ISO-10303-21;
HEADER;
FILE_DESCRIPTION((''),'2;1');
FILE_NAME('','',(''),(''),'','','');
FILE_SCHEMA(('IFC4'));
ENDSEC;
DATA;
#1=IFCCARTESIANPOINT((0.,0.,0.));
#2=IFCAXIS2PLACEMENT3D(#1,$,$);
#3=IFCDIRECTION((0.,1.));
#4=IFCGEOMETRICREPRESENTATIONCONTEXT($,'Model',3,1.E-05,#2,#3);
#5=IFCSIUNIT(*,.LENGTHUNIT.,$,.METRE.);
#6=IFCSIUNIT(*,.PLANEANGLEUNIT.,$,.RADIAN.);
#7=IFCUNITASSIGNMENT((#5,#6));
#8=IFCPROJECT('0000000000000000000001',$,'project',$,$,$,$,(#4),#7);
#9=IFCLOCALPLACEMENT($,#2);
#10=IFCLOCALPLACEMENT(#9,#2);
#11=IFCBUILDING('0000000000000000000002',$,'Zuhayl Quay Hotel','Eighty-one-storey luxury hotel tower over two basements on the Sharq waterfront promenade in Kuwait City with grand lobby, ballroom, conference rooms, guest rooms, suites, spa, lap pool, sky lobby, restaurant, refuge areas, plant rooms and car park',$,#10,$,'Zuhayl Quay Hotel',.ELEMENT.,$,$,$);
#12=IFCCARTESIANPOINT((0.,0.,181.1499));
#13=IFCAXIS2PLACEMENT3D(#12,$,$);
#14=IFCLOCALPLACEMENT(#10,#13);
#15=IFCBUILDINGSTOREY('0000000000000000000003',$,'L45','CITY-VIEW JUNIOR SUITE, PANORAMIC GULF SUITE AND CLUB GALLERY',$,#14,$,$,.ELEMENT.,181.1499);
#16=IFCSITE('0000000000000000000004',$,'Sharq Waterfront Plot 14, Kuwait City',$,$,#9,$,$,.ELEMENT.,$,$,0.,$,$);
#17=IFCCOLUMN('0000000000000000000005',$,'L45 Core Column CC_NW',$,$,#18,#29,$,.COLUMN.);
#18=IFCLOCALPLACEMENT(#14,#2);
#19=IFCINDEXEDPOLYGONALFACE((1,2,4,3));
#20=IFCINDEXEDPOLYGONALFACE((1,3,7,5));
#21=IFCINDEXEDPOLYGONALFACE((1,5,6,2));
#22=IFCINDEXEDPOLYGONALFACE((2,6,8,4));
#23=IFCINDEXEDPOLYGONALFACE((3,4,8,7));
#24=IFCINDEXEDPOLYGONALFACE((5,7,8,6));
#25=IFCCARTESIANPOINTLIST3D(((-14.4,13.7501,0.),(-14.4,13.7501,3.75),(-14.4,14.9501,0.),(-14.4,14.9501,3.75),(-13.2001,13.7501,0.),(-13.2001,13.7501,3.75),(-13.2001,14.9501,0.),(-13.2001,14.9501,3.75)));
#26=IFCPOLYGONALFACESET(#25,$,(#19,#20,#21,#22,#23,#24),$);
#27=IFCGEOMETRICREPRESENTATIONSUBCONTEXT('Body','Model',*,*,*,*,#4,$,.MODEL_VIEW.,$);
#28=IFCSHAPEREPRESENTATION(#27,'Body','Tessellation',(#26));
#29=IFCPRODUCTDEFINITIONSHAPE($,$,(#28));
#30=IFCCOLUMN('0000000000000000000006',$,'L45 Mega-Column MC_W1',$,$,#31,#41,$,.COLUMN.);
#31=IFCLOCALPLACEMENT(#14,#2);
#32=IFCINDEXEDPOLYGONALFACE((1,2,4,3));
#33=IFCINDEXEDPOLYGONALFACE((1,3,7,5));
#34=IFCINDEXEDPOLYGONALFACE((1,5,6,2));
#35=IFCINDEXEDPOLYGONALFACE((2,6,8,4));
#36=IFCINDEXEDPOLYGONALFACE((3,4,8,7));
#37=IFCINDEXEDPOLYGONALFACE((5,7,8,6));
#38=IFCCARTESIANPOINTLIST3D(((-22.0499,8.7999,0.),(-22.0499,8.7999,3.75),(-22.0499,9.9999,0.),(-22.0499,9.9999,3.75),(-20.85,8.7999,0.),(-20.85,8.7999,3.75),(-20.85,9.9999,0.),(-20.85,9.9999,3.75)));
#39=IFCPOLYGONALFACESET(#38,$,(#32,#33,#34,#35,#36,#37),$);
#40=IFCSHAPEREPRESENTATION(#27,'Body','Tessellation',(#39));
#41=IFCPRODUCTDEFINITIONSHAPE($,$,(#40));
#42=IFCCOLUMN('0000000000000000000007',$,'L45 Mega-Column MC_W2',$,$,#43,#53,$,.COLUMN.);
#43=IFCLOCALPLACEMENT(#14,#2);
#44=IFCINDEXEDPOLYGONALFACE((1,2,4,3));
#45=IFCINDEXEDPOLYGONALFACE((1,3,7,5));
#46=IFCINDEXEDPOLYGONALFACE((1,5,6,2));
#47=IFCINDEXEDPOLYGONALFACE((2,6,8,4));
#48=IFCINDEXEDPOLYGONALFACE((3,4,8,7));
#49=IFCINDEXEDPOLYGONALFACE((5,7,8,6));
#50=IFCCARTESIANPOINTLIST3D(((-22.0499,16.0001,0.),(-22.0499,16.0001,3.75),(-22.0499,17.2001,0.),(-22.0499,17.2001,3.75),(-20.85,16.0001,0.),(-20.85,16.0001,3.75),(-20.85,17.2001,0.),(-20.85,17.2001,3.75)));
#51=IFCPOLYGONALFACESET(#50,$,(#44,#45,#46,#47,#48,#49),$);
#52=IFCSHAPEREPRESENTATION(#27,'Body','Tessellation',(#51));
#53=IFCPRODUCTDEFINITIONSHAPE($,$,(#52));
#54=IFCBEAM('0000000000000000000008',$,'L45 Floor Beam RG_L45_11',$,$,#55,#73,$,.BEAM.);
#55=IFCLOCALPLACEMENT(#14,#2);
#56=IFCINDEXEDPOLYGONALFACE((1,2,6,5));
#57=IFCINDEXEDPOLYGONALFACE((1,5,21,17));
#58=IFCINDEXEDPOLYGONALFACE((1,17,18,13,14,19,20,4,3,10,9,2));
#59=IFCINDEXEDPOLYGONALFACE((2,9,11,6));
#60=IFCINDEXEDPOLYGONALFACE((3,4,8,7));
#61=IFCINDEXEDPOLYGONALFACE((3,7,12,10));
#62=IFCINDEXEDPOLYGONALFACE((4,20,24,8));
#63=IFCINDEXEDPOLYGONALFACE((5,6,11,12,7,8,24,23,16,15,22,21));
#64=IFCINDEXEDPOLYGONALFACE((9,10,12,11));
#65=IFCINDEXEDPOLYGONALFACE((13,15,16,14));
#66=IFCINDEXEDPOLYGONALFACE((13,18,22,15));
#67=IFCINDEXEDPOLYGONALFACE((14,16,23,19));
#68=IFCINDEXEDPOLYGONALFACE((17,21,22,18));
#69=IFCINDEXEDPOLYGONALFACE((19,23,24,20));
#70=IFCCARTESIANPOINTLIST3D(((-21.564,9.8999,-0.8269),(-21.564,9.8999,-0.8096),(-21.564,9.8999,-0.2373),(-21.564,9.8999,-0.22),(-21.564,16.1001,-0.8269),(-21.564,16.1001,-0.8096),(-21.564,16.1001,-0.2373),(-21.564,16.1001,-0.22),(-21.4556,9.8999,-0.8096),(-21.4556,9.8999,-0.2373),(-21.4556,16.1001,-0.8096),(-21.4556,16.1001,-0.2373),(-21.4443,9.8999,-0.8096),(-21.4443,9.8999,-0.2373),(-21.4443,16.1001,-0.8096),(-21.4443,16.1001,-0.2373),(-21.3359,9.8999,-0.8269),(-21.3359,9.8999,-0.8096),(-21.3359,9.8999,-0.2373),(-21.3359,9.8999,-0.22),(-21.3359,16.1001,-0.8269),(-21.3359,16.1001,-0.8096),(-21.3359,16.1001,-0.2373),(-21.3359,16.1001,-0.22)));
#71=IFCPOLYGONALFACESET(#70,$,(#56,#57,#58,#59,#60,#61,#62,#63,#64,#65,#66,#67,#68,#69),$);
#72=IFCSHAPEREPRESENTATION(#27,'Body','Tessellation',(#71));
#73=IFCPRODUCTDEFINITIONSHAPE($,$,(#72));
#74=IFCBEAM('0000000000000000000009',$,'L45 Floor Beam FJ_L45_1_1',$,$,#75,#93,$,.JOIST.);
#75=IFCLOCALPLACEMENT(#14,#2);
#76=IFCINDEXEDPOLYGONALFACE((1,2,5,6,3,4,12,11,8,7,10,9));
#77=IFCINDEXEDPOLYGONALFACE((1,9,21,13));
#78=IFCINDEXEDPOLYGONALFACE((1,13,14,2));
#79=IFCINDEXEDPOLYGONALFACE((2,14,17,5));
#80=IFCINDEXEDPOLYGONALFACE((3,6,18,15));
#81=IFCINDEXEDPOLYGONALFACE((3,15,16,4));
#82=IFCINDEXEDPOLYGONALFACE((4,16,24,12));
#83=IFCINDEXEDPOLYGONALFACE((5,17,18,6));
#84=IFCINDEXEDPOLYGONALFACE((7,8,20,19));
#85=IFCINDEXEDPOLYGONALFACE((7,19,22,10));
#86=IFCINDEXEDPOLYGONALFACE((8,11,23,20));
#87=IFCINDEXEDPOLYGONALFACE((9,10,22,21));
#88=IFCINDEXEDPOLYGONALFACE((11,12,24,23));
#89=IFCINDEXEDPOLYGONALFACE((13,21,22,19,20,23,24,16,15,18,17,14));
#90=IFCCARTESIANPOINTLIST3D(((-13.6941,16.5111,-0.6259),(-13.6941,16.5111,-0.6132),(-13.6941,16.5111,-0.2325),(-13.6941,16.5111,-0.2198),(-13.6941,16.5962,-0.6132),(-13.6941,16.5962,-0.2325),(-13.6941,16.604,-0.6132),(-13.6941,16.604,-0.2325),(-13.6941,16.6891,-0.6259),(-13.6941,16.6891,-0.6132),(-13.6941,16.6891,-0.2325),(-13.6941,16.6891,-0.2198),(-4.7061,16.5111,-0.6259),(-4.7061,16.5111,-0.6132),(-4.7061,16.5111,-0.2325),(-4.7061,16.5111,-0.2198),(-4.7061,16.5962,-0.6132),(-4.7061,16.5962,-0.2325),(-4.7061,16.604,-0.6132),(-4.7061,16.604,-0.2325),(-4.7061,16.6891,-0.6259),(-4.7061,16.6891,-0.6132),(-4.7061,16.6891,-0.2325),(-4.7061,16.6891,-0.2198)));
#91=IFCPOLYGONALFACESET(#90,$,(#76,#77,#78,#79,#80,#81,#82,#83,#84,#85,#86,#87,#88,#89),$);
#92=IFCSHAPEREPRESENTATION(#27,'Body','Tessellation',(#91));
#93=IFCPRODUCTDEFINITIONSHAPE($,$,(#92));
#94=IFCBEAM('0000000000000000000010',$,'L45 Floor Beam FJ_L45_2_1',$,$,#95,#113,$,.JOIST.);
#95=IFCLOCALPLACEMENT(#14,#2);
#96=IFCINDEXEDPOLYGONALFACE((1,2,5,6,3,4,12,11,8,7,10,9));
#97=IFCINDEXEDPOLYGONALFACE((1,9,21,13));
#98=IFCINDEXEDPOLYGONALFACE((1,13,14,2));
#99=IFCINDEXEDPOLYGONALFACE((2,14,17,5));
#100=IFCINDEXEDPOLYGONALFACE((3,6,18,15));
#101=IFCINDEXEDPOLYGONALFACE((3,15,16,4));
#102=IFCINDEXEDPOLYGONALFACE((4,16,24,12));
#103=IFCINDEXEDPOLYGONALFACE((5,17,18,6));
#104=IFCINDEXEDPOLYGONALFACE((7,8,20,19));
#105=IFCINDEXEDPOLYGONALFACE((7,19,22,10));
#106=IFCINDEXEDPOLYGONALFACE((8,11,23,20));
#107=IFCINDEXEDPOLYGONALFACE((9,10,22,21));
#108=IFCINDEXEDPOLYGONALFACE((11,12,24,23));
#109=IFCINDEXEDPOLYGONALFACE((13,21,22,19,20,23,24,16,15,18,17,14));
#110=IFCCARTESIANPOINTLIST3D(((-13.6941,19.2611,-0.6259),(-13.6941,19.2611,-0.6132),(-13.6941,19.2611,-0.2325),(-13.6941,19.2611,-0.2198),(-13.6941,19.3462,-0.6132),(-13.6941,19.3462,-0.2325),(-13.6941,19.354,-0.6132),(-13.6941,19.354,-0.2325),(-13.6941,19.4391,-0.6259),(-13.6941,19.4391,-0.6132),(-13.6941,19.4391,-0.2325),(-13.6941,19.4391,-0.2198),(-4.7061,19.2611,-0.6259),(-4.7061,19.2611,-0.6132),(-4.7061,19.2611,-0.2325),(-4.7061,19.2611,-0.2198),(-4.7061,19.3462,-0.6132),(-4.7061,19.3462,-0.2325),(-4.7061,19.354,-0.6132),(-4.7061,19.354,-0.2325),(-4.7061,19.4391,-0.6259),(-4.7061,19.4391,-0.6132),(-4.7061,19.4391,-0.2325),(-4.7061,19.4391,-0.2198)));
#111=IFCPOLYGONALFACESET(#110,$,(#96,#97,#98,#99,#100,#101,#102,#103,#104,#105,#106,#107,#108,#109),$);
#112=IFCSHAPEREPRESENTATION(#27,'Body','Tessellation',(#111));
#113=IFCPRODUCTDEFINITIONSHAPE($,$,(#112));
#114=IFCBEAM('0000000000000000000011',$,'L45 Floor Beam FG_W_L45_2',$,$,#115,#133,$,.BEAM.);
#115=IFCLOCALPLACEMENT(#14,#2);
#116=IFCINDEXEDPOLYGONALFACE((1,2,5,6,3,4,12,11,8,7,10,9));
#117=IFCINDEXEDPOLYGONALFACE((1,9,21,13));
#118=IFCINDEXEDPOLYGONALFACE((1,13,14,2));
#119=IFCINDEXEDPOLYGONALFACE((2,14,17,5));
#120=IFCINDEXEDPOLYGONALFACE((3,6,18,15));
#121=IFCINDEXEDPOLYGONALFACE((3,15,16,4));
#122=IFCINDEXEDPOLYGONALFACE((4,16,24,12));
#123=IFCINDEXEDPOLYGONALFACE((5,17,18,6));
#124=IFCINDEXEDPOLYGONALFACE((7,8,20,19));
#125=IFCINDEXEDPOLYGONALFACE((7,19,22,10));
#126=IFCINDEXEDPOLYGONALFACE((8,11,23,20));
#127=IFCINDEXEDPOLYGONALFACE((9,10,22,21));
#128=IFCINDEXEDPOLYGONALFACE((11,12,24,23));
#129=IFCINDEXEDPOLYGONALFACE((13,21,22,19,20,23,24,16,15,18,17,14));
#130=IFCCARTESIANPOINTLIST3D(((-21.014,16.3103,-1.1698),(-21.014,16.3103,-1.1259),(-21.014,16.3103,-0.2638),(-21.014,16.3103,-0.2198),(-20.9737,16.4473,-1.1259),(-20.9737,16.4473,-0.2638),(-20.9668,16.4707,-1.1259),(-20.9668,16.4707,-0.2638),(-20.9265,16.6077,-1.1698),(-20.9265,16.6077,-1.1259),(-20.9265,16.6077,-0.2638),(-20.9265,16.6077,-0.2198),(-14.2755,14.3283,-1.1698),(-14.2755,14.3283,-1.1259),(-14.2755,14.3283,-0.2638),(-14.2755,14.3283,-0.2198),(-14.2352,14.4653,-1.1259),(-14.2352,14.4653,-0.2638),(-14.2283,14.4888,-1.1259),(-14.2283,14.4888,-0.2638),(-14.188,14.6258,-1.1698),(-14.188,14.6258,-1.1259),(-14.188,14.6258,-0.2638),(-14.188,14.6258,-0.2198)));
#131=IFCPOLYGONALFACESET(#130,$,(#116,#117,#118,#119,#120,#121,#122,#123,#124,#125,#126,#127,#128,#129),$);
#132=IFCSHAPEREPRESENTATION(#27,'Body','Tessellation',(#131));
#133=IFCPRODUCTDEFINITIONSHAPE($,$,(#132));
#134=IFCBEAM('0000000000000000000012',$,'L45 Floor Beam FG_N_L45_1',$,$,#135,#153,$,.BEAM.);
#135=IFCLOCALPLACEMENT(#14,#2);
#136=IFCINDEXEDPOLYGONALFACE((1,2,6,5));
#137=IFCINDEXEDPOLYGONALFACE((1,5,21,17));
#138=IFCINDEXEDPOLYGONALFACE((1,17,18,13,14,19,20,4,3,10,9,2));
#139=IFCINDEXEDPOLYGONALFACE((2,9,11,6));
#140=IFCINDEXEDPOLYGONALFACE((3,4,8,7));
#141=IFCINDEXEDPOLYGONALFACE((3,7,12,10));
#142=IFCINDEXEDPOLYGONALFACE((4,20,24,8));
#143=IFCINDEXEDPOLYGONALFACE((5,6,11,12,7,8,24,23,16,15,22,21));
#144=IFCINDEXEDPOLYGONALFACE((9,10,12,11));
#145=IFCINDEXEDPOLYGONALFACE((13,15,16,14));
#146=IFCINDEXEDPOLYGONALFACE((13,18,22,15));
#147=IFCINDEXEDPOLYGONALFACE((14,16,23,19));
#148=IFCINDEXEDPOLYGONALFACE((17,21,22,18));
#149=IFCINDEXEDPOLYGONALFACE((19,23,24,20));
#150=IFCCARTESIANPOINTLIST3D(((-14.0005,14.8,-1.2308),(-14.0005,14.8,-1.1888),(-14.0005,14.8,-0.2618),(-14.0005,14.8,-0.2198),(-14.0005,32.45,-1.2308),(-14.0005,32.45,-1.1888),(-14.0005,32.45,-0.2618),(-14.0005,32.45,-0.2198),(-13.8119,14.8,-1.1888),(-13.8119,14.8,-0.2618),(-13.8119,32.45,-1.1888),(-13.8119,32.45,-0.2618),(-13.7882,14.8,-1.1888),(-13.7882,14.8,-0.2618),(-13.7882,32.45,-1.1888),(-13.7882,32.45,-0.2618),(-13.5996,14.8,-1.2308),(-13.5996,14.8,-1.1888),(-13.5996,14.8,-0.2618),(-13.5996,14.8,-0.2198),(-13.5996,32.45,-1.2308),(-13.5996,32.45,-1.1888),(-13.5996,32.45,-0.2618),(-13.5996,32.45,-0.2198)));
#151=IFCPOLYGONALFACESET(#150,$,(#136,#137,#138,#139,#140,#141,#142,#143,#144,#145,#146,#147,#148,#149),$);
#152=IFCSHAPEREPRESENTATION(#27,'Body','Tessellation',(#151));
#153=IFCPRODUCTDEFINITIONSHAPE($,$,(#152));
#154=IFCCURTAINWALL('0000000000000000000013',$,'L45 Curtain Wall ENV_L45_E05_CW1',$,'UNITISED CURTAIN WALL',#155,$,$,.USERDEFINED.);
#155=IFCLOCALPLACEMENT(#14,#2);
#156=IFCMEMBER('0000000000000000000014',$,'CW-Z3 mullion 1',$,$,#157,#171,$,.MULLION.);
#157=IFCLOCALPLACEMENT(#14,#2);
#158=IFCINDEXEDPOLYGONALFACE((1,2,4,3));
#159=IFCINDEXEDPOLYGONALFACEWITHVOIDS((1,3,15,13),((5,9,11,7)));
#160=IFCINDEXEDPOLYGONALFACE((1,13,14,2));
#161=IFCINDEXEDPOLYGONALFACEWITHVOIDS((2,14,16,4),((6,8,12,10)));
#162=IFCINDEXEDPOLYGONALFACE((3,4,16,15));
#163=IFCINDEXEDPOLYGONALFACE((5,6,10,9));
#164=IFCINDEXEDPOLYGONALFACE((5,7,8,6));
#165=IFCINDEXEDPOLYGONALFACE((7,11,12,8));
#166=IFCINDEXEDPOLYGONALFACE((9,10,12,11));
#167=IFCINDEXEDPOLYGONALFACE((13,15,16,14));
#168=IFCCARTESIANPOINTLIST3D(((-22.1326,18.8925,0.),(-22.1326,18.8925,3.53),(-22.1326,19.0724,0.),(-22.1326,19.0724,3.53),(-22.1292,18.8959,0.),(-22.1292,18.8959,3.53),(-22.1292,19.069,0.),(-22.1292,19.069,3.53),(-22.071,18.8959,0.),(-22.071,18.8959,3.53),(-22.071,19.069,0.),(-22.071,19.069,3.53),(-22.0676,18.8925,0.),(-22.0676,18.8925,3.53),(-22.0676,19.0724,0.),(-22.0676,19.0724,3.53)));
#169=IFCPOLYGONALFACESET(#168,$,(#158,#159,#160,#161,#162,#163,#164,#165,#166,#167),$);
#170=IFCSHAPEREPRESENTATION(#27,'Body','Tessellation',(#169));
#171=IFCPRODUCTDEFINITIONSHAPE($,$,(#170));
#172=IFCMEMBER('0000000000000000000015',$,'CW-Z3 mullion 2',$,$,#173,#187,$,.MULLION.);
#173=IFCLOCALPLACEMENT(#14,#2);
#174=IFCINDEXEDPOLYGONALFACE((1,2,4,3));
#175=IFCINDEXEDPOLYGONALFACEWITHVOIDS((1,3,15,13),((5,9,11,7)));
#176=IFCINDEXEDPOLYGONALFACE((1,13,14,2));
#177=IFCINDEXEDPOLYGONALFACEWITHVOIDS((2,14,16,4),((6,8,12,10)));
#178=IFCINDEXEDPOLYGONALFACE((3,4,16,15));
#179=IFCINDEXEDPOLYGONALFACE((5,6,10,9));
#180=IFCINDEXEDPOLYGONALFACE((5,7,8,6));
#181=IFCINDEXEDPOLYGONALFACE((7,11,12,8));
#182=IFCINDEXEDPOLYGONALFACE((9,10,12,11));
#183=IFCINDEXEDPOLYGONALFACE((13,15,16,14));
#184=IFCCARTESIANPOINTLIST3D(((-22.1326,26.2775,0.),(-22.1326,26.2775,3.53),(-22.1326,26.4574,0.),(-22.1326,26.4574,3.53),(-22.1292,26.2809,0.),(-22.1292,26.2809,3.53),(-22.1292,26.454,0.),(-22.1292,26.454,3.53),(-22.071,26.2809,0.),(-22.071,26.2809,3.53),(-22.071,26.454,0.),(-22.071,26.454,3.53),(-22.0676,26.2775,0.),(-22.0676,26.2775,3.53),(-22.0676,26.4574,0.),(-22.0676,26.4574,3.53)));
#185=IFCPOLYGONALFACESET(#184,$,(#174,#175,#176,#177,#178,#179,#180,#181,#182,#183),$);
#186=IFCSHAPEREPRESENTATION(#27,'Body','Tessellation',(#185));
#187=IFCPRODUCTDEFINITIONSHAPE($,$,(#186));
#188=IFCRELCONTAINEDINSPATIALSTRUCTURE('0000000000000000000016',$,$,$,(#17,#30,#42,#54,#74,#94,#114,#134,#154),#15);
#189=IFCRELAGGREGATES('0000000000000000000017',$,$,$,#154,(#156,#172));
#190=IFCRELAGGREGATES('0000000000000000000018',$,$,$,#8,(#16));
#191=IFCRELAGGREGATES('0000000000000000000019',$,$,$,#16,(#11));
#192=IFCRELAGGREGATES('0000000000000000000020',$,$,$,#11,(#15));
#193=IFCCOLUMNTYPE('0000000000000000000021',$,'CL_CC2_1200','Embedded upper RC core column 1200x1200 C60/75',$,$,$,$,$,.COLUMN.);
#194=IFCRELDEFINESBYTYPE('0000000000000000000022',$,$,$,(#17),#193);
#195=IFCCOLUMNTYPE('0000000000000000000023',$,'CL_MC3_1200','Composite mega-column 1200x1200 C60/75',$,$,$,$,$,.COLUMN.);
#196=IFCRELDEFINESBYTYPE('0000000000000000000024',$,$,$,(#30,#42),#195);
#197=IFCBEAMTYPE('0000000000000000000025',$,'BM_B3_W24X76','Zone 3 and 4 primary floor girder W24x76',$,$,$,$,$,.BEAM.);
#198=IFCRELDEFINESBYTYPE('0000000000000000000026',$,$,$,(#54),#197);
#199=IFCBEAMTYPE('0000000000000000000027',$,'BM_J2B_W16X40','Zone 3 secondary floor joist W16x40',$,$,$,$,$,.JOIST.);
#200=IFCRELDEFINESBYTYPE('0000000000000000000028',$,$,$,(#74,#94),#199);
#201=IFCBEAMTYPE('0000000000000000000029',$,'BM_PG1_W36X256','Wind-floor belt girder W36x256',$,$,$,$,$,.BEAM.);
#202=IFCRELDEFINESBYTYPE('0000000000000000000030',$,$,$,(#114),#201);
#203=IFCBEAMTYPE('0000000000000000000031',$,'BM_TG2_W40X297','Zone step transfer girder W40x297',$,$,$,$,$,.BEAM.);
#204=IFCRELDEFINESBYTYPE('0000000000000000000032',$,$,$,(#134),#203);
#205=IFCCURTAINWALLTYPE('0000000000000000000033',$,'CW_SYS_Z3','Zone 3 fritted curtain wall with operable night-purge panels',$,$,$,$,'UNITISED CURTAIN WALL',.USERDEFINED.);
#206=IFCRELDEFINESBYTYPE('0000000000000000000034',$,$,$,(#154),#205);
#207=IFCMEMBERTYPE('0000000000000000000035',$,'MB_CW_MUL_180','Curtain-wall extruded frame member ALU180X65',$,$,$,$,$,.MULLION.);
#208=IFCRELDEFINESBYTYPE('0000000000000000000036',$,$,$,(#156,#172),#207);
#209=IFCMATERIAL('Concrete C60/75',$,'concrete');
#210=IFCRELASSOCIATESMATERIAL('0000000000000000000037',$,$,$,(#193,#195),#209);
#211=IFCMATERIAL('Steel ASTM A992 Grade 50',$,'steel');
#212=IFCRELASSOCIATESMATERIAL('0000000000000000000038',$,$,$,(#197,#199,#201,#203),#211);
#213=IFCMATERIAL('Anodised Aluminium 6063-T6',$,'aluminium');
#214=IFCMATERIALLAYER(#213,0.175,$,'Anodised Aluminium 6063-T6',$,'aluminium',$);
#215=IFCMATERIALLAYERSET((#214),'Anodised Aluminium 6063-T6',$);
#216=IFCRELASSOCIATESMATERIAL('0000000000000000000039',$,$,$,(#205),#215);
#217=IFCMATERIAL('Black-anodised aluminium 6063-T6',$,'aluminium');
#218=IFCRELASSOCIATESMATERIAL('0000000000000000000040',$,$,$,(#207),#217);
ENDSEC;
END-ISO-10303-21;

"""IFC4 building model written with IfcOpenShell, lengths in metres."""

from ifc_helpers import new_model, si_unit, direction, frame, origin, origin_2d, place, context, subcontext, project, spatial, rectangle, hollow_rectangle, i_section, extrude, material, layer, layer_set, material_profile, profile_set, type_object, element, aggregate, save


model = new_model("IFC4")

# Units and contexts
model_context = context("Model", 3, precision=1e-05, world=origin(), true_north=direction((0.0, 1.0)))
body_context = subcontext(model_context, "Body", "Model", "MODEL_VIEW")
ifc_project = project(units=[si_unit("LENGTHUNIT", "METRE"), si_unit("PLANEANGLEUNIT", "RADIAN")], contexts=[model_context])

# Site, building, storey
site_placement = place(None, origin())
site = spatial("IfcSite", under=ifc_project, at=site_placement, Name="Sharq Waterfront Plot 14, Kuwait City", CompositionType="ELEMENT", RefElevation=0.0)
building_placement = place(site_placement, origin())
building = spatial("IfcBuilding", under=site, at=building_placement, Name="Zuhayl Quay Hotel", Description="Eighty-one-storey luxury hotel tower over two basements on the Sharq waterfront promenade in Kuwait City with grand lobby, ballroom, conference rooms, guest rooms, suites, spa, lap pool, sky lobby, restaurant, refuge areas, plant rooms and car park", LongName="Zuhayl Quay Hotel", CompositionType="ELEMENT")
storey_placement = place(building_placement, frame((0.0, 0.0, 181.1499)))
storey = spatial("IfcBuildingStorey", under=building, at=storey_placement, Name="L45", Description="CITY-VIEW JUNIOR SUITE, PANORAMIC GULF SUITE AND CLUB GALLERY", CompositionType="ELEMENT", Elevation=181.1499)

# Columns
ifc_material_1 = material(Name="Concrete C60/75", Category="concrete")
ifc_material_profile_1 = material_profile(ifc_material_1, rectangle(XDim=1.2, YDim=1.2, at=origin_2d()), Name="RC1200X1200")
ifc_profile_set_1 = profile_set([ifc_material_profile_1], Name="Concrete C60/75")
column_type_1 = type_object("IfcColumnType", Name="CL_CC2_1200", Description="Embedded upper RC core column 1200x1200 C60/75", PredefinedType="COLUMN", material=ifc_profile_set_1)
column_placement = place(storey_placement, frame((-13.8, 14.3501, 0.0), z_axis=(0.0, 0.0, 1.0), x_axis=(1.0, 0.0, 0.0)))
element("IfcColumn", 1, at=column_placement, inside=storey, type_object=column_type_1, Name="L45 Core Column CC_NW", PredefinedType="COLUMN", context=body_context, shape_type="SweptSolid", body=[
    extrude(rectangle(XDim=1.2, YDim=1.2, at=origin_2d()), origin(), (0.0, 0.0, 1.0), 3.75),
])
ifc_material_profile_2 = material_profile(ifc_material_1, rectangle(XDim=1.2, YDim=1.2, at=origin_2d()), Name="RC1200X1200")
ifc_profile_set_2 = profile_set([ifc_material_profile_2], Name="Concrete C60/75")
column_type_2 = type_object("IfcColumnType", Name="CL_MC3_1200", Description="Composite mega-column 1200x1200 C60/75", PredefinedType="COLUMN", material=ifc_profile_set_2)
for number, where, z_axis, x_axis, name in (
    (2, (-21.45, 9.3999, 0.0), (0.0, 0.0, 1.0), (1.0, 0.0, 0.0), "L45 Mega-Column MC_W1"),
    (3, (-21.45, 16.6001, 0.0), (0.0, 0.0, 1.0), (1.0, 0.0, 0.0), "L45 Mega-Column MC_W2"),
):
    element("IfcColumn", number, at=place(storey_placement, frame(where, z_axis=z_axis, x_axis=x_axis)), inside=storey, type_object=column_type_2, Name=name, PredefinedType="COLUMN", context=body_context, shape_type="SweptSolid", body=[
        extrude(rectangle(XDim=1.2, YDim=1.2, at=origin_2d()), origin(), (0.0, 0.0, 1.0), 3.75),
    ])

# Beams
ifc_material_2 = material(Name="Steel ASTM A992 Grade 50", Category="steel")
ifc_material_profile_3 = material_profile(ifc_material_2, i_section(OverallWidth=0.228, OverallDepth=0.6069, WebThickness=0.0112, FlangeThickness=0.0173, at=origin_2d()), Name="W24X76")
ifc_profile_set_3 = profile_set([ifc_material_profile_3], Name="Steel ASTM A992 Grade 50")
beam_type_1 = type_object("IfcBeamType", Name="BM_B3_W24X76", Description="Zone 3 and 4 primary floor girder W24x76", PredefinedType="BEAM", material=ifc_profile_set_3)
beam_1_placement = place(storey_placement, frame((-21.45, 16.1001, -0.5234), z_axis=(0.0, -1.0, 0.0), x_axis=(1.0, 0.0, 0.0)))
element("IfcBeam", 4, at=beam_1_placement, inside=storey, type_object=beam_type_1, Name="L45 Floor Beam RG_L45_11", PredefinedType="BEAM", context=body_context, shape_type="SweptSolid", body=[
    extrude(i_section(OverallWidth=0.228, OverallDepth=0.6069, WebThickness=0.0112, FlangeThickness=0.0173, at=origin_2d()), origin(), (0.0, 0.0, 1.0), 6.2002),
])
ifc_material_profile_4 = material_profile(ifc_material_2, i_section(OverallWidth=0.178, OverallDepth=0.406, WebThickness=0.0078, FlangeThickness=0.0127, at=origin_2d()), Name="W16X40")
ifc_profile_set_4 = profile_set([ifc_material_profile_4], Name="Steel ASTM A992 Grade 50")
beam_type_2 = type_object("IfcBeamType", Name="BM_J2B_W16X40", Description="Zone 3 secondary floor joist W16x40", PredefinedType="JOIST", material=ifc_profile_set_4)
for number, where, z_axis, x_axis, name in (
    (5, (-13.6941, 16.6001, -0.4229), (1.0, 0.0, 0.0), (0.0, 1.0, 0.0), "L45 Floor Beam FJ_L45_1_1"),
    (6, (-13.6941, 19.3501, -0.4229), (1.0, 0.0, 0.0), (0.0, 1.0, 0.0), "L45 Floor Beam FJ_L45_2_1"),
):
    element("IfcBeam", number, at=place(storey_placement, frame(where, z_axis=z_axis, x_axis=x_axis)), inside=storey, type_object=beam_type_2, Name=name, PredefinedType="JOIST", context=body_context, shape_type="SweptSolid", body=[
        extrude(i_section(OverallWidth=0.178, OverallDepth=0.406, WebThickness=0.0078, FlangeThickness=0.0127, at=origin_2d()), origin(), (0.0, 0.0, 1.0), 8.988),
    ])
ifc_material_profile_5 = material_profile(ifc_material_2, i_section(OverallWidth=0.3101, OverallDepth=0.95, WebThickness=0.0244, FlangeThickness=0.0439, at=origin_2d()), Name="W36X256")
ifc_profile_set_5 = profile_set([ifc_material_profile_5], Name="Steel ASTM A992 Grade 50")
beam_type_3 = type_object("IfcBeamType", Name="BM_PG1_W36X256", Description="Wind-floor belt girder W36x256", PredefinedType="BEAM", material=ifc_profile_set_5)
beam_2_placement = place(storey_placement, frame((-20.9702, 16.459, -0.6948), z_axis=(0.959365, -0.282168, 0.0), x_axis=(0.282168, 0.959365, 0.0)))
element("IfcBeam", 7, at=beam_2_placement, inside=storey, type_object=beam_type_3, Name="L45 Floor Beam FG_W_L45_2", PredefinedType="BEAM", context=body_context, shape_type="SweptSolid", body=[
    extrude(i_section(OverallWidth=0.3101, OverallDepth=0.95, WebThickness=0.0244, FlangeThickness=0.0439, at=origin_2d()), origin(), (0.0, 0.0, 1.0), 7.0239),
])
ifc_material_profile_6 = material_profile(ifc_material_2, i_section(OverallWidth=0.4009, OverallDepth=1.011, WebThickness=0.0237, FlangeThickness=0.042, at=origin_2d()), Name="W40X297")
ifc_profile_set_6 = profile_set([ifc_material_profile_6], Name="Steel ASTM A992 Grade 50")
beam_type_4 = type_object("IfcBeamType", Name="BM_TG2_W40X297", Description="Zone step transfer girder W40x297", PredefinedType="BEAM", material=ifc_profile_set_6)
beam_3_placement = place(storey_placement, frame((-13.8, 14.8, -0.7253), z_axis=(0.0, 1.0, 0.0), x_axis=(-1.0, 0.0, 0.0)))
element("IfcBeam", 8, at=beam_3_placement, inside=storey, type_object=beam_type_4, Name="L45 Floor Beam FG_N_L45_1", PredefinedType="BEAM", context=body_context, shape_type="SweptSolid", body=[
    extrude(i_section(OverallWidth=0.4009, OverallDepth=1.011, WebThickness=0.0237, FlangeThickness=0.042, at=origin_2d()), origin(), (0.0, 0.0, 1.0), 17.6499),
])

# Curtain wall, members
ifc_material_3 = material(Name="Anodised Aluminium 6063-T6", Category="aluminium")
ifc_layer_1 = layer(ifc_material_3, 0.175, Name="Anodised Aluminium 6063-T6", Category="aluminium")
ifc_layer_set_1 = layer_set([ifc_layer_1], Name="Anodised Aluminium 6063-T6")
curtain_wall_type = type_object("IfcCurtainWallType", Name="CW_SYS_Z3", Description="Zone 3 fritted curtain wall with operable night-purge panels", ElementType="UNITISED CURTAIN WALL", PredefinedType="USERDEFINED", material=ifc_layer_set_1)
curtain_wall_placement = place(storey_placement, origin())
curtain_wall = element("IfcCurtainWall", 9, at=curtain_wall_placement, inside=storey, type_object=curtain_wall_type, Name="L45 Curtain Wall ENV_L45_E05_CW1", ObjectType="UNITISED CURTAIN WALL", PredefinedType="USERDEFINED")
ifc_material_4 = material(Name="Black-anodised aluminium 6063-T6", Category="aluminium")
ifc_material_profile_7 = material_profile(ifc_material_4, hollow_rectangle(XDim=0.0649, YDim=0.1799, WallThickness=0.0034, at=origin_2d()), Name="ALU180X65")
ifc_profile_set_7 = profile_set([ifc_material_profile_7], Name="Black-anodised aluminium 6063-T6")
member_type_1 = type_object("IfcMemberType", Name="MB_CW_MUL_180", Description="Curtain-wall extruded frame member ALU180X65", PredefinedType="MULLION", material=ifc_profile_set_7)
member_1_placement = place(storey_placement, frame((-22.1001, 18.9824, 0.0), z_axis=(0.0, 0.0, 1.0), x_axis=(-1.0, 0.0, 0.0)))
member_1 = element("IfcMember", 10, at=member_1_placement, type_object=member_type_1, Name="CW-Z3 mullion 1", PredefinedType="MULLION", context=body_context, shape_type="SweptSolid", body=[
    extrude(hollow_rectangle(XDim=0.0649, YDim=0.1799, WallThickness=0.0034, at=origin_2d()), origin(), (0.0, 0.0, 1.0), 3.53),
])
member_2_placement = place(storey_placement, frame((-22.1001, 26.3674, 0.0), z_axis=(0.0, 0.0, 1.0), x_axis=(-1.0, 0.0, 0.0)))
member_2 = element("IfcMember", 11, at=member_2_placement, type_object=member_type_1, Name="CW-Z3 mullion 2", PredefinedType="MULLION", context=body_context, shape_type="SweptSolid", body=[
    extrude(hollow_rectangle(XDim=0.0649, YDim=0.1799, WallThickness=0.0034, at=origin_2d()), origin(), (0.0, 0.0, 1.0), 3.53),
])
aggregate(curtain_wall, [member_1, member_2])

save(model, "model.ifc")
